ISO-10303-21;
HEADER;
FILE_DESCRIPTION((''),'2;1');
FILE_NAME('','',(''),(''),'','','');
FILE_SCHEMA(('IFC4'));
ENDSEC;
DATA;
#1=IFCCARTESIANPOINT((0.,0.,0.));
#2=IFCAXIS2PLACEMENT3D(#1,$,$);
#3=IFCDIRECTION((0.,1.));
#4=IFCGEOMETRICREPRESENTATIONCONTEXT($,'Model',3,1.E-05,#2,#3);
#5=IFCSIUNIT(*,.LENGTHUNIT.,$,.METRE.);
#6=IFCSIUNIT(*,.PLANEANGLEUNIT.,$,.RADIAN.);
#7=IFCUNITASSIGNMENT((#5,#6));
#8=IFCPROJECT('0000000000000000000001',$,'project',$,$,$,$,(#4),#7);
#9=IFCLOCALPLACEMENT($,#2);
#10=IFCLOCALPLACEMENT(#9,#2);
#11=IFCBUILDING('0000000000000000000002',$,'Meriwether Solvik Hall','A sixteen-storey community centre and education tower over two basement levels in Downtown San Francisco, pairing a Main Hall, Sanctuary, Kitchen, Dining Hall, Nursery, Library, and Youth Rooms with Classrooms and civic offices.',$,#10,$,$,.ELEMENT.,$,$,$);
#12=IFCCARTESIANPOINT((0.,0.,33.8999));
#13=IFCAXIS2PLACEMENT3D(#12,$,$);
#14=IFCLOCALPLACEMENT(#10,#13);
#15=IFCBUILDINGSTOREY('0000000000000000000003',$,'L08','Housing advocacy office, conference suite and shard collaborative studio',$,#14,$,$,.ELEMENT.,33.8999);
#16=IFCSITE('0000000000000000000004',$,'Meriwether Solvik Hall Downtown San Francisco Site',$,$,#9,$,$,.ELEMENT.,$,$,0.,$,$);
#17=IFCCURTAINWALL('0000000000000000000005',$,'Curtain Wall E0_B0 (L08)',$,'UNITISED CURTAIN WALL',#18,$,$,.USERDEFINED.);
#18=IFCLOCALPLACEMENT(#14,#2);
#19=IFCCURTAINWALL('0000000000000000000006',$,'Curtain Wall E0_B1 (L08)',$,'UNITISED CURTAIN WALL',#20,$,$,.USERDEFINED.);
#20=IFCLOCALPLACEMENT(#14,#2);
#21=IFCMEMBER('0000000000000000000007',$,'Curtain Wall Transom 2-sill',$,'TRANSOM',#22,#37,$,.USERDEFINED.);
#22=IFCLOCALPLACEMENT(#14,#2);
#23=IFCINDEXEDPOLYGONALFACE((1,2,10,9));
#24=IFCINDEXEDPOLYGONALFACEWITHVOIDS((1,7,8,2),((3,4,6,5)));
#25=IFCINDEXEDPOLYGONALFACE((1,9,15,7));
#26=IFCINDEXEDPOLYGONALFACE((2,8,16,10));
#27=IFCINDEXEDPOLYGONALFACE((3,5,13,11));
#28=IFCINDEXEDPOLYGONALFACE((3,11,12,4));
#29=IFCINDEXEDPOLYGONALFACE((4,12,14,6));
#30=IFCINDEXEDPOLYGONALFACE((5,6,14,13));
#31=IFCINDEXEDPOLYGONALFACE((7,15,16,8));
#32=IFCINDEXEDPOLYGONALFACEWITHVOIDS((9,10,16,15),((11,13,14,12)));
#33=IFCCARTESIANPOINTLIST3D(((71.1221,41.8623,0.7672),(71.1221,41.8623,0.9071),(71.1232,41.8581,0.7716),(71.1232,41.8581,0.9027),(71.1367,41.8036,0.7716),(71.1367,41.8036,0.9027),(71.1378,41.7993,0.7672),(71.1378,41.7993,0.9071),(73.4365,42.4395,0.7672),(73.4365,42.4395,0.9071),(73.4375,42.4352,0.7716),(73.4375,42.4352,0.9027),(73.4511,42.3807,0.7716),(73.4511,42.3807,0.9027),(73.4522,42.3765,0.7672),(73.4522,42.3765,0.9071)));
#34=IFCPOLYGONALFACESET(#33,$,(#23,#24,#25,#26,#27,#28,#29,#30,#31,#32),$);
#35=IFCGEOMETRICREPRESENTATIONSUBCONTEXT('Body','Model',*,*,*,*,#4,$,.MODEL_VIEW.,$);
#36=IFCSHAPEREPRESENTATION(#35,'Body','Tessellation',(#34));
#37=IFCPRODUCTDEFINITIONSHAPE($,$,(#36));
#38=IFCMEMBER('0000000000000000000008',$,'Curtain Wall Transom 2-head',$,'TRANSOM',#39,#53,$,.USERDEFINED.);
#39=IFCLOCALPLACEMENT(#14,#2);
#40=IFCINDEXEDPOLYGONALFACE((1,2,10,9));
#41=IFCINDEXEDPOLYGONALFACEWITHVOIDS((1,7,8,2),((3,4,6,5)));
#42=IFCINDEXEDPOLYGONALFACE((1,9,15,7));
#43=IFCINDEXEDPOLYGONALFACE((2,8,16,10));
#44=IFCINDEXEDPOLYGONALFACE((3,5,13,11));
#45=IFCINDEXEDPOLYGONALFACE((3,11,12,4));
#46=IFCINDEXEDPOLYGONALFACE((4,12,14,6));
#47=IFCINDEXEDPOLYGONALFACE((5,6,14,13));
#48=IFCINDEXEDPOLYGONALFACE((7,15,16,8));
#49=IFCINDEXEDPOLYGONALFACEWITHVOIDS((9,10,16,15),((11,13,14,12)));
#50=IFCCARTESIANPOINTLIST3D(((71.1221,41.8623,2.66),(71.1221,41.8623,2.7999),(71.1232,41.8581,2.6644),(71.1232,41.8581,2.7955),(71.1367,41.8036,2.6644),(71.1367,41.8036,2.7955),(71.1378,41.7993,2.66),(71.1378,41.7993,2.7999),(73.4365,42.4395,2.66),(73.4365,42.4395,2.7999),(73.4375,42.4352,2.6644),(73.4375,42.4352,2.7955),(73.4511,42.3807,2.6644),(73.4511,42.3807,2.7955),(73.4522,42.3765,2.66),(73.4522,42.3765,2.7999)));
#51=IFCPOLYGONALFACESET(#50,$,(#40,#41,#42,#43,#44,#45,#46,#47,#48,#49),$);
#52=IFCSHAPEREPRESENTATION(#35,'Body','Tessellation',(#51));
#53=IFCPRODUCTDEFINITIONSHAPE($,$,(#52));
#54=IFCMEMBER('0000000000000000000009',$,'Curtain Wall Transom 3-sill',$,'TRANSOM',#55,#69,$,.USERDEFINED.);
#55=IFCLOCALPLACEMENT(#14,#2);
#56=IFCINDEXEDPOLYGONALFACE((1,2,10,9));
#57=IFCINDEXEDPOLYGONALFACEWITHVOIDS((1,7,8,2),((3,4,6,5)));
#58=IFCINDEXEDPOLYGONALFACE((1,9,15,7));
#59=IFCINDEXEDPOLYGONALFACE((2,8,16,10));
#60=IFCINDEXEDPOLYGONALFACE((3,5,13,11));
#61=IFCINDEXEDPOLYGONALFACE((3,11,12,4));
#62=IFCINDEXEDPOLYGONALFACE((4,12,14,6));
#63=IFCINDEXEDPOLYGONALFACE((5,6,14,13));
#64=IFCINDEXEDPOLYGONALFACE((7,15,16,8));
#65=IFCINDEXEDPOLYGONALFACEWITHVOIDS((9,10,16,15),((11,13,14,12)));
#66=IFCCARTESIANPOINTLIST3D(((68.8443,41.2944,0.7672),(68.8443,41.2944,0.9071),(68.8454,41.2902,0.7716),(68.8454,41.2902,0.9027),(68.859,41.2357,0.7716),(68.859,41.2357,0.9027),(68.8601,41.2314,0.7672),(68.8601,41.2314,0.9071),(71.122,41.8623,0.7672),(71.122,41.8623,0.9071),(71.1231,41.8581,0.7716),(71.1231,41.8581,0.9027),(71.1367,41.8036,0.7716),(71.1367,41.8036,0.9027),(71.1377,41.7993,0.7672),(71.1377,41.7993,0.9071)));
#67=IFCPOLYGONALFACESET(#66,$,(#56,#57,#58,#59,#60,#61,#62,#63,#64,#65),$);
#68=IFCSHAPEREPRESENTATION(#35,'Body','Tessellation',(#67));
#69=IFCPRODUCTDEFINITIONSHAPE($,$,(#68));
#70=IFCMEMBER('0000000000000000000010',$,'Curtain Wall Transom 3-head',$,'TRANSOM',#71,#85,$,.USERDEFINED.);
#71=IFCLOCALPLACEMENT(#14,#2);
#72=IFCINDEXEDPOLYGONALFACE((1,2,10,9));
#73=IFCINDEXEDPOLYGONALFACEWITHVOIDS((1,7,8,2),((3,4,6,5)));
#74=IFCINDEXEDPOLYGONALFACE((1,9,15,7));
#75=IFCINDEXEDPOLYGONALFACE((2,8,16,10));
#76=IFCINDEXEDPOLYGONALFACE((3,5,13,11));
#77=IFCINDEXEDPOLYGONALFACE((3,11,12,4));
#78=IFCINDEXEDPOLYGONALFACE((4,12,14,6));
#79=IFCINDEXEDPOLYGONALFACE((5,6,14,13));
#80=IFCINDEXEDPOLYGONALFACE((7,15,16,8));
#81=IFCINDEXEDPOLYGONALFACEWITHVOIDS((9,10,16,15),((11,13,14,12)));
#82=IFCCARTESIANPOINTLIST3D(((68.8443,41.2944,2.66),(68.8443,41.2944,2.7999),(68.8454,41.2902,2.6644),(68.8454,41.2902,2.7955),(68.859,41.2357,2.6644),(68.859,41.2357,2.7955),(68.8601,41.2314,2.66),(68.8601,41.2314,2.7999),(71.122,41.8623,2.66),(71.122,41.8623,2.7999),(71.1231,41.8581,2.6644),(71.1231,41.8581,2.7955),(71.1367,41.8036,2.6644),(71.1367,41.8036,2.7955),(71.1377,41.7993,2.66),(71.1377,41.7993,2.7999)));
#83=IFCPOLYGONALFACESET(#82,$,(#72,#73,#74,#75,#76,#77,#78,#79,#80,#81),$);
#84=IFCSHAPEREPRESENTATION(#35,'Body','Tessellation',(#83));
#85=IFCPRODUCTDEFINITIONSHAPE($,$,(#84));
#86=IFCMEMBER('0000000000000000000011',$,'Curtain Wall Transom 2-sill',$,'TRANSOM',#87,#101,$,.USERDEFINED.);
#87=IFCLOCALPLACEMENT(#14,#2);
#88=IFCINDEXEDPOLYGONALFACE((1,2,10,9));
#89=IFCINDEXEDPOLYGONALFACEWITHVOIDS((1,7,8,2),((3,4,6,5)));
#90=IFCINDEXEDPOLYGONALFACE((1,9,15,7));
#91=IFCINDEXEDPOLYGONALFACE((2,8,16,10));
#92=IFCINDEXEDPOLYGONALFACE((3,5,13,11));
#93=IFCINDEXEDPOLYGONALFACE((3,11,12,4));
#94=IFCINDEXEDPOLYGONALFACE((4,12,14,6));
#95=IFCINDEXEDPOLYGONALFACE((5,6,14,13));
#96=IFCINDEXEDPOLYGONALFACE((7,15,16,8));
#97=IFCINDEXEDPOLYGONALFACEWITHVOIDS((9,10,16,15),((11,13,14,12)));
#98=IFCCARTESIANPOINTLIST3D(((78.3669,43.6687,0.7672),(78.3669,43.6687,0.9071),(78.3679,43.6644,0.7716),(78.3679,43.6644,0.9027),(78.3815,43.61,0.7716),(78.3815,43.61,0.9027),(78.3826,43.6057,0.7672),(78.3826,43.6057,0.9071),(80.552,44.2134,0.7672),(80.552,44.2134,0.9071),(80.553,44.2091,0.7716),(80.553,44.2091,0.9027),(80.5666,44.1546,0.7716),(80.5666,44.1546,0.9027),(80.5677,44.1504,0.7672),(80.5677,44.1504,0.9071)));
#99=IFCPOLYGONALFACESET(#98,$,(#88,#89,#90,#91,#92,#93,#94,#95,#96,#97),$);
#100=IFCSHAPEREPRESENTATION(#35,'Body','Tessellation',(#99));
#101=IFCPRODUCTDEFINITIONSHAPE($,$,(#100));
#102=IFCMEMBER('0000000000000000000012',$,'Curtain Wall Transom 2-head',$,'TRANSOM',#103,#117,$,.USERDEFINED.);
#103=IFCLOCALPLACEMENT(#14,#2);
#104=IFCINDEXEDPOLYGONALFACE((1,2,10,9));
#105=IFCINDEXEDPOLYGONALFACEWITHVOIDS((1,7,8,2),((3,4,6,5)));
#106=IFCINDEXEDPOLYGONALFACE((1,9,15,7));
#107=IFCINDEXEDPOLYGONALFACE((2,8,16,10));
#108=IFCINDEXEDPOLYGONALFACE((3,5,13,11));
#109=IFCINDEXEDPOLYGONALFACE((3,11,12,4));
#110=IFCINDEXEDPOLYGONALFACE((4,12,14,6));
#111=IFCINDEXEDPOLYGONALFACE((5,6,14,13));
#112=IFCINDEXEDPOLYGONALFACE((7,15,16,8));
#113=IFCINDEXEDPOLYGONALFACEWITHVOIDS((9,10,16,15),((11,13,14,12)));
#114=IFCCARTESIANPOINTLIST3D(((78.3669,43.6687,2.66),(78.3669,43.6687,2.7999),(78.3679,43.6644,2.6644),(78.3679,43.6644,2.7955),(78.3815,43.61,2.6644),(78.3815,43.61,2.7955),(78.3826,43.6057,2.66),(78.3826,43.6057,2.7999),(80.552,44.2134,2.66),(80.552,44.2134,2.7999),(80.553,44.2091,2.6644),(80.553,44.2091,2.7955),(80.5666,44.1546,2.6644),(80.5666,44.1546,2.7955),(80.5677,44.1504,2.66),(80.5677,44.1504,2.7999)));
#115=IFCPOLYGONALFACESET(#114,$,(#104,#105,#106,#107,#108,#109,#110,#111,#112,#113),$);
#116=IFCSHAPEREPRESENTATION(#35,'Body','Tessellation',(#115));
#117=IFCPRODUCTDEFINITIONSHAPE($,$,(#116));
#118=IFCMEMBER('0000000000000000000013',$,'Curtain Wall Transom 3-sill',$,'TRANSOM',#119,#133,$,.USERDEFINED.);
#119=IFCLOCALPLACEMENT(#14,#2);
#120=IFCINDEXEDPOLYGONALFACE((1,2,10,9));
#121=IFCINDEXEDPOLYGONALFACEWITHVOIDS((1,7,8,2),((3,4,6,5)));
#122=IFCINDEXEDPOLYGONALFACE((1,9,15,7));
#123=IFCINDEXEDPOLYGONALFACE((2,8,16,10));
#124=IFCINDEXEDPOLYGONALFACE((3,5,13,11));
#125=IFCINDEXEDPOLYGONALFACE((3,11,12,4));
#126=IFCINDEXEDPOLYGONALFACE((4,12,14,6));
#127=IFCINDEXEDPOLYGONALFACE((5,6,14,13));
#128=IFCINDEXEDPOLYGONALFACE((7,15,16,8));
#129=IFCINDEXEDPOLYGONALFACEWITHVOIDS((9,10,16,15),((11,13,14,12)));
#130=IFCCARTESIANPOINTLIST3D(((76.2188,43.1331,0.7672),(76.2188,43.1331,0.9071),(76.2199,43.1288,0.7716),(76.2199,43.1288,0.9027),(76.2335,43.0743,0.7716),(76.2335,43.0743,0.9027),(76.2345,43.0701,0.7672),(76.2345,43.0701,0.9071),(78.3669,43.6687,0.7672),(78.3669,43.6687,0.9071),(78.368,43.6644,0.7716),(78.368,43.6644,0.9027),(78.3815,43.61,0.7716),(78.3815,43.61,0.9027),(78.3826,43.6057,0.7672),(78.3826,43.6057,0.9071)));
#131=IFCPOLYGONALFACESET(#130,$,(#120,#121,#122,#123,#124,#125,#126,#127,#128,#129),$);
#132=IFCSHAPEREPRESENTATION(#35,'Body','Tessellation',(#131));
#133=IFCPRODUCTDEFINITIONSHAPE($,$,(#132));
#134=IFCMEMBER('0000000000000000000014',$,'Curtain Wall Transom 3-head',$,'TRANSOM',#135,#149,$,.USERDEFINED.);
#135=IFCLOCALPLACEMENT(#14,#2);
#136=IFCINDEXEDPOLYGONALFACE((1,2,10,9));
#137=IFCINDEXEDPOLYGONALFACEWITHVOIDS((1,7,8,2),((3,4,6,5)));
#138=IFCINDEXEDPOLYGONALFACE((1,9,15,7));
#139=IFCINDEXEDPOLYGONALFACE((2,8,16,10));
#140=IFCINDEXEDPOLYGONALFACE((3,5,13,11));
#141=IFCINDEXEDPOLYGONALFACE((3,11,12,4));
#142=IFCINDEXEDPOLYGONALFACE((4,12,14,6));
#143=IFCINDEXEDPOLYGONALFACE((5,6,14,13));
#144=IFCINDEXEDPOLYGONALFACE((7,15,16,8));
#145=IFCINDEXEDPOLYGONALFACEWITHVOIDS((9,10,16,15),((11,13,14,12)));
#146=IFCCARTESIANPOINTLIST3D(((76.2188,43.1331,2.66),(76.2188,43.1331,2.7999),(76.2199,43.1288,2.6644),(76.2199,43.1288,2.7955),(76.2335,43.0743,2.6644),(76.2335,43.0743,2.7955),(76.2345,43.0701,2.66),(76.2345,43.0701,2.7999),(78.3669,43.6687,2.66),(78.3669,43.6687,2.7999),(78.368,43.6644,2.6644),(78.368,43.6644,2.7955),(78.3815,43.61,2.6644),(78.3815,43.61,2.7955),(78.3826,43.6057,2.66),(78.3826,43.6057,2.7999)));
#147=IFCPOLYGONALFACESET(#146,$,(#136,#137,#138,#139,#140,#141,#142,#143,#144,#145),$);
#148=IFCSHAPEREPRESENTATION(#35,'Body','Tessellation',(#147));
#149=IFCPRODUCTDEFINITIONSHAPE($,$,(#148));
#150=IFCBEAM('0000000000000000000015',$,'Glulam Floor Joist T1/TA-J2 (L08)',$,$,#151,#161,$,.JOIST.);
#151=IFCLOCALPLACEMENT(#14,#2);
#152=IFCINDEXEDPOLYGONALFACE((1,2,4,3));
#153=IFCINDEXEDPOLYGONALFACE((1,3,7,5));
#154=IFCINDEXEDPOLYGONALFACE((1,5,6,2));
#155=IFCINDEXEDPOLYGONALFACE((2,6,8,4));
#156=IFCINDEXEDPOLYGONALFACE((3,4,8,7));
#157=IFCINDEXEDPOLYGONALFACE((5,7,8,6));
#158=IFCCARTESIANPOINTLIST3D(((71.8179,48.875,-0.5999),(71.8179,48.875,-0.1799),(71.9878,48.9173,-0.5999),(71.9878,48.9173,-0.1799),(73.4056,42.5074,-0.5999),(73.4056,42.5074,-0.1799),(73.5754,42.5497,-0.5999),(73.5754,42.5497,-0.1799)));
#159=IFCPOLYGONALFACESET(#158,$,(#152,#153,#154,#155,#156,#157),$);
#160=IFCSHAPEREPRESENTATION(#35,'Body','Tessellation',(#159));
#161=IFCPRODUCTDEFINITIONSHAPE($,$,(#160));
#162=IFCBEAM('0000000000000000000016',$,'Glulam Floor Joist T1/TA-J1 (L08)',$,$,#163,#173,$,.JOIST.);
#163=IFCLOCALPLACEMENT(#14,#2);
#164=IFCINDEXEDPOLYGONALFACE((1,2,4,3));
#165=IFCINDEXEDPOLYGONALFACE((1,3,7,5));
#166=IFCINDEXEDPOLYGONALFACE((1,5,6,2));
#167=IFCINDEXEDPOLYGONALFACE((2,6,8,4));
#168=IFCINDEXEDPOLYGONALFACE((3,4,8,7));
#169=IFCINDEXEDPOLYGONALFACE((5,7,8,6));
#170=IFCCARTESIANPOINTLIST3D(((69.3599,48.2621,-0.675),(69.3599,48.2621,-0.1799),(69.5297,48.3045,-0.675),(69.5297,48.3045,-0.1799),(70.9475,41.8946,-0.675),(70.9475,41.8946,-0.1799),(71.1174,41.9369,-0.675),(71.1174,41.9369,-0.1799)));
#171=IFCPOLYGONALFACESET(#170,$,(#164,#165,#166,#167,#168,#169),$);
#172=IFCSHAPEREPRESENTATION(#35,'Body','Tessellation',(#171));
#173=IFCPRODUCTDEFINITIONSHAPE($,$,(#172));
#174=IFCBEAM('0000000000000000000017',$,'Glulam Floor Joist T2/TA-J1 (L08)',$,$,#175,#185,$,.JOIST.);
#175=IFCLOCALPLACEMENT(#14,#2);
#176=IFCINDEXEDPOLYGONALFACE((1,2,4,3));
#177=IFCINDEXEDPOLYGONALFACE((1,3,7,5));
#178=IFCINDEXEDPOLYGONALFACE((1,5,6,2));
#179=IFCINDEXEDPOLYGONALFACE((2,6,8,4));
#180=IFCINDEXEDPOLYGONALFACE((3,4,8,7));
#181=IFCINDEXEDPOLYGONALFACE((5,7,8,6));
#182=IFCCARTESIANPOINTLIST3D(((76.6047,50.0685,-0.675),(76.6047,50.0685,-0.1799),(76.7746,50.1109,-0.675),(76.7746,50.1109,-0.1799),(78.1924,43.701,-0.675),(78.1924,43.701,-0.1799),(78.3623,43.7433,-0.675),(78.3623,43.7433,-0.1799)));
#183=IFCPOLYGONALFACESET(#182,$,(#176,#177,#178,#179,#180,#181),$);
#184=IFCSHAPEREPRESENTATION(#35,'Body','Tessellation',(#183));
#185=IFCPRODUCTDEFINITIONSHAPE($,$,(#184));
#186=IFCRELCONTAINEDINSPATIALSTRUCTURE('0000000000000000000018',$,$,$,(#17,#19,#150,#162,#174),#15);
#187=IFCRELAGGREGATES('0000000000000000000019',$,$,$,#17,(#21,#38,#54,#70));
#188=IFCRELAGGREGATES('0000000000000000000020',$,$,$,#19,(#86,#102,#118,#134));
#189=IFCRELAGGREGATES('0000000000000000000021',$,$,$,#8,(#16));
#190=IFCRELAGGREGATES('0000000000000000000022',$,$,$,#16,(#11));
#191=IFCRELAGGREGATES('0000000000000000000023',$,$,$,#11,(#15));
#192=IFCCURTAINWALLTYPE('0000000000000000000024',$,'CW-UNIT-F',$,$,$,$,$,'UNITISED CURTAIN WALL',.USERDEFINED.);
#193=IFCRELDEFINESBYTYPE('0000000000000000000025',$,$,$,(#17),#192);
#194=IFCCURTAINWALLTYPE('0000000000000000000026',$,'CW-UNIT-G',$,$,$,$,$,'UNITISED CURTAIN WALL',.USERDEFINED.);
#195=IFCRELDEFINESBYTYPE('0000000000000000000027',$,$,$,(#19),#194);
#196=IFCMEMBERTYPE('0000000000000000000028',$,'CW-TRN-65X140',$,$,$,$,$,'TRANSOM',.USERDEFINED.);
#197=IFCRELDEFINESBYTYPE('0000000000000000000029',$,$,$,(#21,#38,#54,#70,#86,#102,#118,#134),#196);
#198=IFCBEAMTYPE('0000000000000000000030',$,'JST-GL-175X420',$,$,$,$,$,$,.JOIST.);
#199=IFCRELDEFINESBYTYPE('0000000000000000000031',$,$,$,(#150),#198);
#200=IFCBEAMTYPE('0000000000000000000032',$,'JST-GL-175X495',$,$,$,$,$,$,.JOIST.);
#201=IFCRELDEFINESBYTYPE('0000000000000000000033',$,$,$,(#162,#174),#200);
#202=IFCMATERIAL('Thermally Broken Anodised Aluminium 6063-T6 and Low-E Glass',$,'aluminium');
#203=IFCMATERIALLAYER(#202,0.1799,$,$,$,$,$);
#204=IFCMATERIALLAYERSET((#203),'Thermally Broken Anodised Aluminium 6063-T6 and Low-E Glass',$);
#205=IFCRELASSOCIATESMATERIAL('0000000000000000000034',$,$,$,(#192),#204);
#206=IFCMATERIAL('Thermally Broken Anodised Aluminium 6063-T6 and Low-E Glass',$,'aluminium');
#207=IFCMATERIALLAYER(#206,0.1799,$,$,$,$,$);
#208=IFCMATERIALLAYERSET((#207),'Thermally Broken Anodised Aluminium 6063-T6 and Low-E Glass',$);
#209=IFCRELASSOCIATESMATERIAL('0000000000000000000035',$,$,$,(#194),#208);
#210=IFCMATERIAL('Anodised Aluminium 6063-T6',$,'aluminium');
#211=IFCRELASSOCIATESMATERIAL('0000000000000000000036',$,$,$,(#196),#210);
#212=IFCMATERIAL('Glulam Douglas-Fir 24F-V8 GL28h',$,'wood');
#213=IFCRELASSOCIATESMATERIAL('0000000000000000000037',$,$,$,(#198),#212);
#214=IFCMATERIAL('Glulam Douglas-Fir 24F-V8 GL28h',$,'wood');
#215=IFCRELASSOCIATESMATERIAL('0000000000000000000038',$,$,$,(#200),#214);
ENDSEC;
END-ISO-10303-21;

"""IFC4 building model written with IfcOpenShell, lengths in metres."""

from ifc_helpers import new_model, si_unit, direction, frame, origin, origin_2d, place, context, subcontext, project, spatial, rectangle, hollow_rectangle, extrude, material, layer, layer_set, material_profile, profile_set, type_object, element, aggregate, save


model = new_model("IFC4")

# Units and contexts
model_context = context("Model", 3, precision=1e-05, world=origin(), true_north=direction((0.0, 1.0)))
body_context = subcontext(model_context, "Body", "Model", "MODEL_VIEW")
ifc_project = project(units=[si_unit("LENGTHUNIT", "METRE"), si_unit("PLANEANGLEUNIT", "RADIAN")], contexts=[model_context])

# Site, building, storey
site_placement = place(None, origin())
site = spatial("IfcSite", under=ifc_project, at=site_placement, Name="Meriwether Solvik Hall Downtown San Francisco Site", CompositionType="ELEMENT", RefElevation=0.0)
building_placement = place(site_placement, origin())
building = spatial("IfcBuilding", under=site, at=building_placement, Name="Meriwether Solvik Hall", Description="A sixteen-storey community centre and education tower over two basement levels in Downtown San Francisco, pairing a Main Hall, Sanctuary, Kitchen, Dining Hall, Nursery, Library, and Youth Rooms with Classrooms and civic offices.", CompositionType="ELEMENT")
storey_placement = place(building_placement, frame((0.0, 0.0, 33.8999)))
storey = spatial("IfcBuildingStorey", under=building, at=storey_placement, Name="L08", Description="Housing advocacy office, conference suite and shard collaborative studio", CompositionType="ELEMENT", Elevation=33.8999)

# Curtain walls
ifc_material_1 = material(Name="Thermally Broken Anodised Aluminium 6063-T6 and Low-E Glass", Category="aluminium")
ifc_layer_1 = layer(ifc_material_1, 0.1799)
ifc_layer_set_1 = layer_set([ifc_layer_1], Name="Thermally Broken Anodised Aluminium 6063-T6 and Low-E Glass")
curtain_wall_type_1 = type_object("IfcCurtainWallType", Name="CW-UNIT-F", ElementType="UNITISED CURTAIN WALL", PredefinedType="USERDEFINED", material=ifc_layer_set_1)
curtain_wall_1_placement = place(storey_placement, origin())
curtain_wall_1 = element("IfcCurtainWall", 1, at=curtain_wall_1_placement, inside=storey, type_object=curtain_wall_type_1, Name="Curtain Wall E0_B0 (L08)", ObjectType="UNITISED CURTAIN WALL", PredefinedType="USERDEFINED")
ifc_material_2 = material(Name="Thermally Broken Anodised Aluminium 6063-T6 and Low-E Glass", Category="aluminium")
ifc_layer_2 = layer(ifc_material_2, 0.1799)
ifc_layer_set_2 = layer_set([ifc_layer_2], Name="Thermally Broken Anodised Aluminium 6063-T6 and Low-E Glass")
curtain_wall_type_2 = type_object("IfcCurtainWallType", Name="CW-UNIT-G", ElementType="UNITISED CURTAIN WALL", PredefinedType="USERDEFINED", material=ifc_layer_set_2)
curtain_wall_2_placement = place(storey_placement, origin())
curtain_wall_2 = element("IfcCurtainWall", 2, at=curtain_wall_2_placement, inside=storey, type_object=curtain_wall_type_2, Name="Curtain Wall E0_B1 (L08)", ObjectType="UNITISED CURTAIN WALL", PredefinedType="USERDEFINED")

# Members
ifc_material_3 = material(Name="Anodised Aluminium 6063-T6", Category="aluminium")
ifc_material_profile_1 = material_profile(ifc_material_3, hollow_rectangle(XDim=0.0649, YDim=0.1399, WallThickness=0.0044, at=origin_2d()), Name="CWT-65X140")
ifc_profile_set_1 = profile_set([ifc_material_profile_1], Name="Anodised Aluminium 6063-T6")
member_type_1 = type_object("IfcMemberType", Name="CW-TRN-65X140", ElementType="TRANSOM", PredefinedType="USERDEFINED", material=ifc_profile_set_1)
member_1_placement = place(storey_placement, frame((73.4443, 42.408, 0.8372), z_axis=(-0.970287, -0.241958, 0.0), x_axis=(0.241958, -0.970287, 0.0)))
member_1 = element("IfcMember", 3, at=member_1_placement, type_object=member_type_1, Name="Curtain Wall Transom 2-sill", ObjectType="TRANSOM", PredefinedType="USERDEFINED", context=body_context, shape_type="SweptSolid", body=[
    extrude(hollow_rectangle(XDim=0.0649, YDim=0.1399, WallThickness=0.0044, at=origin_2d()), origin(), (0.0, 0.0, 1.0), 2.3853),
])
member_2_placement = place(storey_placement, frame((73.4443, 42.408, 2.73), z_axis=(-0.970287, -0.241958, 0.0), x_axis=(0.241958, -0.970287, 0.0)))
member_2 = element("IfcMember", 4, at=member_2_placement, type_object=member_type_1, Name="Curtain Wall Transom 2-head", ObjectType="TRANSOM", PredefinedType="USERDEFINED", context=body_context, shape_type="SweptSolid", body=[
    extrude(hollow_rectangle(XDim=0.0649, YDim=0.1399, WallThickness=0.0044, at=origin_2d()), origin(), (0.0, 0.0, 1.0), 2.3853),
])
member_3_placement = place(storey_placement, frame((71.1299, 41.8308, 0.8372), z_axis=(-0.970295, -0.241924, 0.0), x_axis=(0.241924, -0.970295, 0.0)))
member_3 = element("IfcMember", 5, at=member_3_placement, type_object=member_type_1, Name="Curtain Wall Transom 3-sill", ObjectType="TRANSOM", PredefinedType="USERDEFINED", context=body_context, shape_type="SweptSolid", body=[
    extrude(hollow_rectangle(XDim=0.0649, YDim=0.1399, WallThickness=0.0044, at=origin_2d()), origin(), (0.0, 0.0, 1.0), 2.3474),
])
member_4_placement = place(storey_placement, frame((71.1299, 41.8308, 2.73), z_axis=(-0.970295, -0.241924, 0.0), x_axis=(0.241924, -0.970295, 0.0)))
member_4 = element("IfcMember", 6, at=member_4_placement, type_object=member_type_1, Name="Curtain Wall Transom 3-head", ObjectType="TRANSOM", PredefinedType="USERDEFINED", context=body_context, shape_type="SweptSolid", body=[
    extrude(hollow_rectangle(XDim=0.0649, YDim=0.1399, WallThickness=0.0044, at=origin_2d()), origin(), (0.0, 0.0, 1.0), 2.3474),
])
member_5_placement = place(storey_placement, frame((80.5598, 44.1819, 0.8372), z_axis=(-0.970308, -0.241872, 0.0), x_axis=(0.241872, -0.970308, 0.0)))
member_5 = element("IfcMember", 7, at=member_5_placement, type_object=member_type_1, Name="Curtain Wall Transom 2-sill", ObjectType="TRANSOM", PredefinedType="USERDEFINED", context=body_context, shape_type="SweptSolid", body=[
    extrude(hollow_rectangle(XDim=0.0649, YDim=0.1399, WallThickness=0.0044, at=origin_2d()), origin(), (0.0, 0.0, 1.0), 2.252),
])
member_6_placement = place(storey_placement, frame((80.5598, 44.1819, 2.73), z_axis=(-0.970308, -0.241872, 0.0), x_axis=(0.241872, -0.970308, 0.0)))
member_6 = element("IfcMember", 8, at=member_6_placement, type_object=member_type_1, Name="Curtain Wall Transom 2-head", ObjectType="TRANSOM", PredefinedType="USERDEFINED", context=body_context, shape_type="SweptSolid", body=[
    extrude(hollow_rectangle(XDim=0.0649, YDim=0.1399, WallThickness=0.0044, at=origin_2d()), origin(), (0.0, 0.0, 1.0), 2.252),
])
member_7_placement = place(storey_placement, frame((78.3748, 43.6372, 0.8372), z_axis=(-0.970292, -0.241939, 0.0), x_axis=(0.241939, -0.970292, 0.0)))
member_7 = element("IfcMember", 9, at=member_7_placement, type_object=member_type_1, Name="Curtain Wall Transom 3-sill", ObjectType="TRANSOM", PredefinedType="USERDEFINED", context=body_context, shape_type="SweptSolid", body=[
    extrude(hollow_rectangle(XDim=0.0649, YDim=0.1399, WallThickness=0.0044, at=origin_2d()), origin(), (0.0, 0.0, 1.0), 2.2139),
])
member_8_placement = place(storey_placement, frame((78.3748, 43.6372, 2.73), z_axis=(-0.970292, -0.241939, 0.0), x_axis=(0.241939, -0.970292, 0.0)))
member_8 = element("IfcMember", 10, at=member_8_placement, type_object=member_type_1, Name="Curtain Wall Transom 3-head", ObjectType="TRANSOM", PredefinedType="USERDEFINED", context=body_context, shape_type="SweptSolid", body=[
    extrude(hollow_rectangle(XDim=0.0649, YDim=0.1399, WallThickness=0.0044, at=origin_2d()), origin(), (0.0, 0.0, 1.0), 2.2139),
])

# Beams
ifc_material_4 = material(Name="Glulam Douglas-Fir 24F-V8 GL28h", Category="wood")
ifc_material_profile_2 = material_profile(ifc_material_4, rectangle(XDim=0.175, YDim=0.4199, at=origin_2d()), Name="GLJ-175X420")
ifc_profile_set_2 = profile_set([ifc_material_profile_2], Name="Glulam Douglas-Fir 24F-V8 GL28h")
beam_type_1 = type_object("IfcBeamType", Name="JST-GL-175X420", PredefinedType="JOIST", material=ifc_profile_set_2)
beam_1_placement = place(storey_placement, frame((73.4905, 42.5286, -0.3899), z_axis=(-0.241923, 0.970295, 0.0), x_axis=(-0.970295, -0.241923, 0.0)))
element("IfcBeam", 11, at=beam_1_placement, inside=storey, type_object=beam_type_1, Name="Glulam Floor Joist T1/TA-J2 (L08)", PredefinedType="JOIST", context=body_context, shape_type="SweptSolid", body=[
    extrude(rectangle(XDim=0.175, YDim=0.4199, at=origin_2d()), origin(), (0.0, 0.0, 1.0), 6.5625),
])
ifc_material_5 = material(Name="Glulam Douglas-Fir 24F-V8 GL28h", Category="wood")
ifc_material_profile_3 = material_profile(ifc_material_5, rectangle(XDim=0.175, YDim=0.4951, at=origin_2d()), Name="GLJ-175X495")
ifc_profile_set_3 = profile_set([ifc_material_profile_3], Name="Glulam Douglas-Fir 24F-V8 GL28h")
beam_type_2 = type_object("IfcBeamType", Name="JST-GL-175X495", PredefinedType="JOIST", material=ifc_profile_set_3)
for number, where, z_axis, x_axis, name in (
    (12, (71.0325, 41.9158, -0.4275), (-0.241932, 0.970293, 0.0), (-0.970293, -0.241932, 0.0), "Glulam Floor Joist T1/TA-J1 (L08)"),
    (13, (78.2773, 43.7222, -0.4275), (-0.241932, 0.970293, 0.0), (-0.970293, -0.241932, 0.0), "Glulam Floor Joist T2/TA-J1 (L08)"),
):
    element("IfcBeam", number, at=place(storey_placement, frame(where, z_axis=z_axis, x_axis=x_axis)), inside=storey, type_object=beam_type_2, Name=name, PredefinedType="JOIST", context=body_context, shape_type="SweptSolid", body=[
        extrude(rectangle(XDim=0.175, YDim=0.4951, at=origin_2d()), origin(), (0.0, 0.0, 1.0), 6.5625),
    ])

aggregate(curtain_wall_1, [member_1, member_2, member_3, member_4])
aggregate(curtain_wall_2, [member_5, member_6, member_7, member_8])

save(model, "model.ifc")
